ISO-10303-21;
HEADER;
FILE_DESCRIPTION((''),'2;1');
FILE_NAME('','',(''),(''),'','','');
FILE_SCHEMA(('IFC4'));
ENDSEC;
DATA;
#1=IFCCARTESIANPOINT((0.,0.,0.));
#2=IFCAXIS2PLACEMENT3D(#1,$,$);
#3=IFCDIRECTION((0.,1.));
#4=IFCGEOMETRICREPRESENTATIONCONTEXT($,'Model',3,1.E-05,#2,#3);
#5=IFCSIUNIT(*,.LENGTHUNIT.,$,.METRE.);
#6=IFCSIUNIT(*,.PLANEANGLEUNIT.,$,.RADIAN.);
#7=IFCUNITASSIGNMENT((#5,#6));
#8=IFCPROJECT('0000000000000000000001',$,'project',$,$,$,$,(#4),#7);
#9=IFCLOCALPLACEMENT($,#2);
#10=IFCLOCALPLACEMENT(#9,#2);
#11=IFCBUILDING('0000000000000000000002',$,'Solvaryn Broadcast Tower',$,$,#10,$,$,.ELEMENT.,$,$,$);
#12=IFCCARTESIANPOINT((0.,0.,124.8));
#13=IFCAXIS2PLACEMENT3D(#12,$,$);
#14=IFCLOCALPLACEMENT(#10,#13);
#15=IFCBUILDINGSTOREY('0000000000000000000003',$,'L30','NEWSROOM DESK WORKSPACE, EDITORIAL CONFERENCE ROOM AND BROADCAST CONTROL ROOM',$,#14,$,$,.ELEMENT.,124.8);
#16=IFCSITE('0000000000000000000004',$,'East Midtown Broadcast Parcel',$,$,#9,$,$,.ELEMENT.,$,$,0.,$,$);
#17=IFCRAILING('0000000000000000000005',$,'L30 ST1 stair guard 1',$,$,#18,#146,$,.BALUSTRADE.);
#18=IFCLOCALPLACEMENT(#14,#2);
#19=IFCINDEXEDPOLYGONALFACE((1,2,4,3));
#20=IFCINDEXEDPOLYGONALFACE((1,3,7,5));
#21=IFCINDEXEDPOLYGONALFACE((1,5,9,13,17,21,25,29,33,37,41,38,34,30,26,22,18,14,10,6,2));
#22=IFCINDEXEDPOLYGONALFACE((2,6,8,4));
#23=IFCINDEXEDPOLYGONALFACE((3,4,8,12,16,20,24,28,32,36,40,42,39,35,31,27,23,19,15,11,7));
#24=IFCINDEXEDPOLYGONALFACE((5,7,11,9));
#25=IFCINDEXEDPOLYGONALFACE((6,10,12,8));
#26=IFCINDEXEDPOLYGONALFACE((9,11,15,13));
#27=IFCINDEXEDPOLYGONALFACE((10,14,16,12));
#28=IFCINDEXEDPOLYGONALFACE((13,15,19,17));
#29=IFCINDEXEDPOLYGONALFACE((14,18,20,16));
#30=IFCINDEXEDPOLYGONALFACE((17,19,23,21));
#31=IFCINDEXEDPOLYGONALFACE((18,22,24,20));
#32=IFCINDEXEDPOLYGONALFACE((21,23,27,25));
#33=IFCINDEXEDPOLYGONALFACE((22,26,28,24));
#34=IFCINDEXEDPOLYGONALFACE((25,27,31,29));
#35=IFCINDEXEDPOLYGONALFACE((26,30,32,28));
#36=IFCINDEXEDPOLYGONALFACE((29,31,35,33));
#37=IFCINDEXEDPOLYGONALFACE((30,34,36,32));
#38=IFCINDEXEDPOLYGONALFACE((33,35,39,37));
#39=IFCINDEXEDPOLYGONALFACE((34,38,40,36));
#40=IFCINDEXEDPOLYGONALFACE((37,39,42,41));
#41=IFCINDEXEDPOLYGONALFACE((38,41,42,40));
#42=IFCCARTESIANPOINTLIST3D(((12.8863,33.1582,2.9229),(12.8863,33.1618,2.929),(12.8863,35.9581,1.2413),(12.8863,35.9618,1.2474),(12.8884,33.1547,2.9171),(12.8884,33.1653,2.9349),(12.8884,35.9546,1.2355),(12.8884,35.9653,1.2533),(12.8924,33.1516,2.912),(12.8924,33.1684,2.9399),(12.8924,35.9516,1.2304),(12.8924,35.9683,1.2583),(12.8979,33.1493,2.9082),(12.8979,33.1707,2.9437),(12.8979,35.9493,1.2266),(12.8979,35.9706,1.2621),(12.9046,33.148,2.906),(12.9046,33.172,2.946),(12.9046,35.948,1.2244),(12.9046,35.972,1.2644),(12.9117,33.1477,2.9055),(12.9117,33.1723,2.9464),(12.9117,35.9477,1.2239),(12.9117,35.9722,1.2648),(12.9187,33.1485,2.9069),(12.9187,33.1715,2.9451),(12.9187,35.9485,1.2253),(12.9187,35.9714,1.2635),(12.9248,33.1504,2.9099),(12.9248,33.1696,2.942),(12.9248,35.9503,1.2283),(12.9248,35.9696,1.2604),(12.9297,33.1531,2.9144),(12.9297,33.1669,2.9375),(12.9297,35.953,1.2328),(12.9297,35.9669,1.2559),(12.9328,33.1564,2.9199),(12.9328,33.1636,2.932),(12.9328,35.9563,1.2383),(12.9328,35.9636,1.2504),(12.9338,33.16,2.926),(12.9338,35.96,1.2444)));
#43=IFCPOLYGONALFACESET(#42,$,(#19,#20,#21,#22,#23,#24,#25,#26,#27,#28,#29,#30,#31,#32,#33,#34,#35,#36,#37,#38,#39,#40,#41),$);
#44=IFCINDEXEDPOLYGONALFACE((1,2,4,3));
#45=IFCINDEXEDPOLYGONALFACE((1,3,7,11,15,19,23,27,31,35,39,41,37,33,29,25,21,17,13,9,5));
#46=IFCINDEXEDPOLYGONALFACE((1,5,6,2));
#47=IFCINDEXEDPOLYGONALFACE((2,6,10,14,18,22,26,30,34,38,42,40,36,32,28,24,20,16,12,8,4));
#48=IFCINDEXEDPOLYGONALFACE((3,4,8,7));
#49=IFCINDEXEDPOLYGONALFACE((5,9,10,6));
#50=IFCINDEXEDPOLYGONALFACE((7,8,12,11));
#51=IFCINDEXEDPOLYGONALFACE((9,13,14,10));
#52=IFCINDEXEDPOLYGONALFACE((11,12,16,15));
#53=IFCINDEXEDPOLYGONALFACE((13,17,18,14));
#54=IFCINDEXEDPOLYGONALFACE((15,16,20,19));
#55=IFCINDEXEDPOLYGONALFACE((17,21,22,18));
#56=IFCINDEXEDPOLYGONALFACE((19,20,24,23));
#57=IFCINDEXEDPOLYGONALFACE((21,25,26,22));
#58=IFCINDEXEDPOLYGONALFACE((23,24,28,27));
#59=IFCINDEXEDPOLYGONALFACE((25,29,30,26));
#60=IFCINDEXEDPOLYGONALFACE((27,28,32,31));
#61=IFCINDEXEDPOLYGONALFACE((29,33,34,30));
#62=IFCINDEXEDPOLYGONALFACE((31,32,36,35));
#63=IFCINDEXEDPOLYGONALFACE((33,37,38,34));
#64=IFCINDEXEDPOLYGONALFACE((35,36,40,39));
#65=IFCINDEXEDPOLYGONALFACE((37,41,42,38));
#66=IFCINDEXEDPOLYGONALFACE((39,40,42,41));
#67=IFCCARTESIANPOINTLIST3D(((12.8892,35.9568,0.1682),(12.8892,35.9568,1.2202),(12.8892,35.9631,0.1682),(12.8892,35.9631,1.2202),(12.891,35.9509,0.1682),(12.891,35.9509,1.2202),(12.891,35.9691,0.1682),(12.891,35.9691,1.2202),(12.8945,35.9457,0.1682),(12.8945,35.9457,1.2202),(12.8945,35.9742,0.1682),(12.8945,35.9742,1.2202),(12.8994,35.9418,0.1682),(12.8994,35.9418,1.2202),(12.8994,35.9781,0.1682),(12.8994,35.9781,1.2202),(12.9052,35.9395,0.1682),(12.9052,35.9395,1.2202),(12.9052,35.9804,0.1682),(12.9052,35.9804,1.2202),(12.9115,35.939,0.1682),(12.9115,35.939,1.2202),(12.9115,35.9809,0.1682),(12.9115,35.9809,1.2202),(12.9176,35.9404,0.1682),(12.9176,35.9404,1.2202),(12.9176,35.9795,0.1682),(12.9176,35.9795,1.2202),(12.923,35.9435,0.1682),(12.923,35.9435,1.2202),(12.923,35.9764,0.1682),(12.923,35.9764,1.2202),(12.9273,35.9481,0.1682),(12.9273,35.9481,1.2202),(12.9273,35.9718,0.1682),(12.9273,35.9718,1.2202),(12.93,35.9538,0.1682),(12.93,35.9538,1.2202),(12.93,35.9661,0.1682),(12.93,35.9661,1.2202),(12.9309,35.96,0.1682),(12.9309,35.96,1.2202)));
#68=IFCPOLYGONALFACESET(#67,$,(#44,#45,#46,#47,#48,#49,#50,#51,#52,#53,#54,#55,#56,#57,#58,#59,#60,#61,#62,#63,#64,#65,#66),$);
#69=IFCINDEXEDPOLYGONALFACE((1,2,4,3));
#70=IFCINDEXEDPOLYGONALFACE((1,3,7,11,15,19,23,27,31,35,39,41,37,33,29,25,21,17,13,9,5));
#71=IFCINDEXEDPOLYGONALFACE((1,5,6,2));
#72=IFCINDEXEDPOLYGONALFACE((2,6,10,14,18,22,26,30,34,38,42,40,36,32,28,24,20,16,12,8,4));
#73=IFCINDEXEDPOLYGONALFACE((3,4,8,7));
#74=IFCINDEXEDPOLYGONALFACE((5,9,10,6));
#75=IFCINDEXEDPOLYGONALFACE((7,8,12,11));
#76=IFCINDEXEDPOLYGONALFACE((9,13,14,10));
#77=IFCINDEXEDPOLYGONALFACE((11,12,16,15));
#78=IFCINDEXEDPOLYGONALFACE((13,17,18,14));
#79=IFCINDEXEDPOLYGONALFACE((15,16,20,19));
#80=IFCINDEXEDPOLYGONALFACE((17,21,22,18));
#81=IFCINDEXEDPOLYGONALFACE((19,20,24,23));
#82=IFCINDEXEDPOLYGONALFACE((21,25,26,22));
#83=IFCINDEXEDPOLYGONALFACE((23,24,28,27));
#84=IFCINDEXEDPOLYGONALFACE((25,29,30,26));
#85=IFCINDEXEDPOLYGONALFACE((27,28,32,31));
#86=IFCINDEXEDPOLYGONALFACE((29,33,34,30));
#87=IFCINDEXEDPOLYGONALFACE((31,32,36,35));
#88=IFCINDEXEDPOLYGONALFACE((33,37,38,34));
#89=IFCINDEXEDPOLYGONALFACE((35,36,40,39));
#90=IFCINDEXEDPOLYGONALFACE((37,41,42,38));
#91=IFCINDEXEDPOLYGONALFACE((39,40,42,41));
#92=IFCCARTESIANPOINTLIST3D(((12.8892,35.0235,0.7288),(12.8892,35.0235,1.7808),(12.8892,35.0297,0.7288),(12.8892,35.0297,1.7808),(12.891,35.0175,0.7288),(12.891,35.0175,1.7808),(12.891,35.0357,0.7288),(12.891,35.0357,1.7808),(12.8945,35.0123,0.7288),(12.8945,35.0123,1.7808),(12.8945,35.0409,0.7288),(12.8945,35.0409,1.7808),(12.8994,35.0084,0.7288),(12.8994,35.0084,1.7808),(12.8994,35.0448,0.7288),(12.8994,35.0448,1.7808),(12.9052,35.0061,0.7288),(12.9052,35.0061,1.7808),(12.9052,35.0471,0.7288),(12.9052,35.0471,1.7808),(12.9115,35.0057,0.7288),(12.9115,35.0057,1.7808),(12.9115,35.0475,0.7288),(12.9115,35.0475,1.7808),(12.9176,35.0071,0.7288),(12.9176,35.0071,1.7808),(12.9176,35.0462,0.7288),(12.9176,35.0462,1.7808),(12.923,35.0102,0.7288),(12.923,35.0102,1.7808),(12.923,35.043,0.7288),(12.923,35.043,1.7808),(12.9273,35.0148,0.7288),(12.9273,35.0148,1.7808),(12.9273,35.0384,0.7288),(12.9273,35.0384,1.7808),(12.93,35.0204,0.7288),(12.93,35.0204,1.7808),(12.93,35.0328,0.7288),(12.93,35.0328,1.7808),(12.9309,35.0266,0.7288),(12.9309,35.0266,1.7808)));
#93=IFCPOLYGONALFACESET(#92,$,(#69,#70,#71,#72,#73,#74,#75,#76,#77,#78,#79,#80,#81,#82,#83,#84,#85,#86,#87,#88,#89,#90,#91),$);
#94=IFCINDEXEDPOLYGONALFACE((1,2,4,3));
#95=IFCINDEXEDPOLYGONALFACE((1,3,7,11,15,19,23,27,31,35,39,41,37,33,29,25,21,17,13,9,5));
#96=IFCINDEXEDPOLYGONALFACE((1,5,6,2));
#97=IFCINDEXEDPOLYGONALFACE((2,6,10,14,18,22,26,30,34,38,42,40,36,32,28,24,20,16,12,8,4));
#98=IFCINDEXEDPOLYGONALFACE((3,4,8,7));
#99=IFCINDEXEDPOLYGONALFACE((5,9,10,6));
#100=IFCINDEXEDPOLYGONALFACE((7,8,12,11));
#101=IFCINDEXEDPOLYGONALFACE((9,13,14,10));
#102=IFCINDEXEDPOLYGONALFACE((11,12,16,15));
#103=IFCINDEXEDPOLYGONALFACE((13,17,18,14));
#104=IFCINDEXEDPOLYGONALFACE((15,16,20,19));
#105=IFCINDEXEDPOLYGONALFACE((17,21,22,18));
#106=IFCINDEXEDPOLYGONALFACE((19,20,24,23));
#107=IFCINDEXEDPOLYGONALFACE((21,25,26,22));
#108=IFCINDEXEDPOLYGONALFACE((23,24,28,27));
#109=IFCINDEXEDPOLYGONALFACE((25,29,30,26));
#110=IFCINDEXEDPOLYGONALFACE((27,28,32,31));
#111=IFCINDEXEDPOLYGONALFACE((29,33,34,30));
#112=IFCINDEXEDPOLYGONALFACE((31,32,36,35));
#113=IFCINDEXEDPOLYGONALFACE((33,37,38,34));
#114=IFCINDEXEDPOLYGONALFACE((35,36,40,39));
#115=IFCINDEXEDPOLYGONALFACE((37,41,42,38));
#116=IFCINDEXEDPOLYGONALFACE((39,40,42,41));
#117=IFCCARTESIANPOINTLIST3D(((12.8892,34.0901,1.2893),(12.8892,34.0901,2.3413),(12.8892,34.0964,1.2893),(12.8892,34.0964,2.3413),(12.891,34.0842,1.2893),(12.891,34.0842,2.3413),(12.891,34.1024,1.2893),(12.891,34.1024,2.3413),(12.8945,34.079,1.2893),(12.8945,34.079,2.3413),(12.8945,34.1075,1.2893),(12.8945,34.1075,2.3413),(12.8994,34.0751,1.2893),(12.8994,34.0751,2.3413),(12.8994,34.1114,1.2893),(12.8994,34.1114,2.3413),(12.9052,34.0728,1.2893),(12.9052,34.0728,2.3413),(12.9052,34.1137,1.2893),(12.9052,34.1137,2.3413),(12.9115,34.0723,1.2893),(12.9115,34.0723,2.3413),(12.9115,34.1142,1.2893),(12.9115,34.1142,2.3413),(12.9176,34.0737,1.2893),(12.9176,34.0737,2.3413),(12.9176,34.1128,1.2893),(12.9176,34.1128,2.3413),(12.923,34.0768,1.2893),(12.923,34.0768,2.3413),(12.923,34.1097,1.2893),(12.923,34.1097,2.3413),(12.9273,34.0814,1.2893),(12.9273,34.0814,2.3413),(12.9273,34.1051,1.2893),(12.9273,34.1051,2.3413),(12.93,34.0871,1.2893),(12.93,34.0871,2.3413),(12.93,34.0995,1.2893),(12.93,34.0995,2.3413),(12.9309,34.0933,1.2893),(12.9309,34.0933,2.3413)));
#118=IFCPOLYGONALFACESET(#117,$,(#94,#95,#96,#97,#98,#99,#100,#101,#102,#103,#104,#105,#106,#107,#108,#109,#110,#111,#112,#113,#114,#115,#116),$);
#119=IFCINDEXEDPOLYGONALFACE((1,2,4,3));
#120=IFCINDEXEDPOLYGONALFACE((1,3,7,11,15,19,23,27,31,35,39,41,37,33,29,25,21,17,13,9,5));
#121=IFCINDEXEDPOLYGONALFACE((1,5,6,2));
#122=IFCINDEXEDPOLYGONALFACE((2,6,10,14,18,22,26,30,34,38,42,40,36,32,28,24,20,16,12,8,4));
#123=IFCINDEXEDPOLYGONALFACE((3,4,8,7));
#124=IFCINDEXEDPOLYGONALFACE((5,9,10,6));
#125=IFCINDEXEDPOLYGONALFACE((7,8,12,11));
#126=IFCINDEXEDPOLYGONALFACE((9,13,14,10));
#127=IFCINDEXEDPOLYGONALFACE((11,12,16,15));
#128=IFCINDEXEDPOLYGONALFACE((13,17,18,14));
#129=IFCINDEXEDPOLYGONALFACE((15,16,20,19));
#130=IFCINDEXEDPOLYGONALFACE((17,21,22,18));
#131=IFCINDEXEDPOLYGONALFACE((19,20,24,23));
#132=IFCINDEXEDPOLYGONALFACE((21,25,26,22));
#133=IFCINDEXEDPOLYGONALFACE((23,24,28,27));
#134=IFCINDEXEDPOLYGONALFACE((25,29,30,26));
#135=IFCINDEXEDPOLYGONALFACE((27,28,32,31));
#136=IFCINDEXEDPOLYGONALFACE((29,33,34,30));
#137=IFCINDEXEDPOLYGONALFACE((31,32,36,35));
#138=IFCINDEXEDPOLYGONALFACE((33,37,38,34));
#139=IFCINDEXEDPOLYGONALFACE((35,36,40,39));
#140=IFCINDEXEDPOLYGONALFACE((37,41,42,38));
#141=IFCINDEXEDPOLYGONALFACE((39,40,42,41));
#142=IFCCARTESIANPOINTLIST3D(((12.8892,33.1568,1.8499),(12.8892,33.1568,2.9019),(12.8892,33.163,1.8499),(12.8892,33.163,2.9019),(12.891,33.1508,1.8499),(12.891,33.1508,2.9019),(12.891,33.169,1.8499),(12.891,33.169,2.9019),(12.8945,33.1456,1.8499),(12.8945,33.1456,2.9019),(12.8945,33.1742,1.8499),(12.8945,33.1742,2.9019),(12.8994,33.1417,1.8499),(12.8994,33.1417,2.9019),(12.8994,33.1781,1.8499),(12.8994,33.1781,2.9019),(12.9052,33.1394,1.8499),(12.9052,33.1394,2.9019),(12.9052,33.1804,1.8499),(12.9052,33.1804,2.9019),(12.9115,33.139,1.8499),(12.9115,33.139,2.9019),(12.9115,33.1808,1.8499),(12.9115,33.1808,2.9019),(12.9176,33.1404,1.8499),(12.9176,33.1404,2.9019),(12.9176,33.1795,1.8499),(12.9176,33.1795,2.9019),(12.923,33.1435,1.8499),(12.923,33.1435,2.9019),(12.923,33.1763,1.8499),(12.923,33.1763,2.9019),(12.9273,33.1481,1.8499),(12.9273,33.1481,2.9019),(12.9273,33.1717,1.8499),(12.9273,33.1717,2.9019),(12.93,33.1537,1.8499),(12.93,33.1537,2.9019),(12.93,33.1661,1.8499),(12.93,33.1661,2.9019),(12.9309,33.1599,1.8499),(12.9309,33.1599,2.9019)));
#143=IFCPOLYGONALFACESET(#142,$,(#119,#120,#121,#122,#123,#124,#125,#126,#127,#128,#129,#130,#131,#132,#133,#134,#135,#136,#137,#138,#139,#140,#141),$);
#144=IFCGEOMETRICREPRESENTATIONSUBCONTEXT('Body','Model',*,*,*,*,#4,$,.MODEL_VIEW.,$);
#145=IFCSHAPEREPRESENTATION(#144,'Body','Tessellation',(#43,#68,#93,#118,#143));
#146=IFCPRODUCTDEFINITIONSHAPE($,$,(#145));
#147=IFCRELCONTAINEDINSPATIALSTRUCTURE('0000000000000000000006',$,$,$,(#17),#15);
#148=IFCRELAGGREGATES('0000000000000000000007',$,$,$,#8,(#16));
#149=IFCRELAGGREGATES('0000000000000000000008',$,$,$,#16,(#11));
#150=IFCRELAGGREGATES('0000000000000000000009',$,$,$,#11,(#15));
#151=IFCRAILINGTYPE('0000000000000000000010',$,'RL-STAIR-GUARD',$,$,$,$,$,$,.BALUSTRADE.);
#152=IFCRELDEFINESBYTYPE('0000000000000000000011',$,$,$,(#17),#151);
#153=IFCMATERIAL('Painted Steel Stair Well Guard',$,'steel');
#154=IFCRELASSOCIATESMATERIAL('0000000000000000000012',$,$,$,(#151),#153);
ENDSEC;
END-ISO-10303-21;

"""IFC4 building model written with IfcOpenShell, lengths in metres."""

from ifc_helpers import new_model, si_unit, direction, frame, origin, origin_2d, place, context, subcontext, project, spatial, circle, extrude, material, type_object, element, save


model = new_model("IFC4")

# Units and contexts
model_context = context("Model", 3, precision=1e-05, world=origin(), true_north=direction((0.0, 1.0)))
body_context = subcontext(model_context, "Body", "Model", "MODEL_VIEW")
ifc_project = project(units=[si_unit("LENGTHUNIT", "METRE"), si_unit("PLANEANGLEUNIT", "RADIAN")], contexts=[model_context])

# Site, building, storey
site_placement = place(None, origin())
site = spatial("IfcSite", under=ifc_project, at=site_placement, Name="East Midtown Broadcast Parcel", CompositionType="ELEMENT", RefElevation=0.0)
building_placement = place(site_placement, origin())
building = spatial("IfcBuilding", under=site, at=building_placement, Name="Solvaryn Broadcast Tower", CompositionType="ELEMENT")
storey_placement = place(building_placement, frame((0.0, 0.0, 124.8)))
storey = spatial("IfcBuildingStorey", under=building, at=storey_placement, Name="L30", Description="NEWSROOM DESK WORKSPACE, EDITORIAL CONFERENCE ROOM AND BROADCAST CONTROL ROOM", CompositionType="ELEMENT", Elevation=124.8)

# Railing
ifc_material_1 = material(Name="Painted Steel Stair Well Guard", Category="steel")
railing_type_1 = type_object("IfcRailingType", Name="RL-STAIR-GUARD", PredefinedType="BALUSTRADE", material=ifc_material_1)
railing_1_placement = place(storey_placement, frame((12.9099, 35.96, 0.1682)))
element("IfcRailing", 1, at=railing_1_placement, inside=storey, type_object=railing_type_1, Name="L30 ST1 stair guard 1", PredefinedType="BALUSTRADE", context=body_context, shape_type="SweptSolid", body=[
    extrude(circle(Radius=0.0239, at=origin_2d()), frame((0.0, 0.0, 1.0762), z_axis=(0.0, -0.857275, 0.514858), x_axis=(1.0, 0.0, 0.0)), (0.0, 0.0, 1.0), 3.2661),
    extrude(circle(Radius=0.021, at=origin_2d()), origin(), (0.0, 0.0, 1.0), 1.052),
    extrude(circle(Radius=0.021, at=origin_2d()), frame((0.0, -0.9333, 0.5605)), (0.0, 0.0, 1.0), 1.052),
    extrude(circle(Radius=0.021, at=origin_2d()), frame((0.0, -1.8667, 1.1211)), (0.0, 0.0, 1.0), 1.052),
    extrude(circle(Radius=0.021, at=origin_2d()), frame((0.0, -2.8, 1.6816)), (0.0, 0.0, 1.0), 1.052),
])

save(model, "model.ifc")
